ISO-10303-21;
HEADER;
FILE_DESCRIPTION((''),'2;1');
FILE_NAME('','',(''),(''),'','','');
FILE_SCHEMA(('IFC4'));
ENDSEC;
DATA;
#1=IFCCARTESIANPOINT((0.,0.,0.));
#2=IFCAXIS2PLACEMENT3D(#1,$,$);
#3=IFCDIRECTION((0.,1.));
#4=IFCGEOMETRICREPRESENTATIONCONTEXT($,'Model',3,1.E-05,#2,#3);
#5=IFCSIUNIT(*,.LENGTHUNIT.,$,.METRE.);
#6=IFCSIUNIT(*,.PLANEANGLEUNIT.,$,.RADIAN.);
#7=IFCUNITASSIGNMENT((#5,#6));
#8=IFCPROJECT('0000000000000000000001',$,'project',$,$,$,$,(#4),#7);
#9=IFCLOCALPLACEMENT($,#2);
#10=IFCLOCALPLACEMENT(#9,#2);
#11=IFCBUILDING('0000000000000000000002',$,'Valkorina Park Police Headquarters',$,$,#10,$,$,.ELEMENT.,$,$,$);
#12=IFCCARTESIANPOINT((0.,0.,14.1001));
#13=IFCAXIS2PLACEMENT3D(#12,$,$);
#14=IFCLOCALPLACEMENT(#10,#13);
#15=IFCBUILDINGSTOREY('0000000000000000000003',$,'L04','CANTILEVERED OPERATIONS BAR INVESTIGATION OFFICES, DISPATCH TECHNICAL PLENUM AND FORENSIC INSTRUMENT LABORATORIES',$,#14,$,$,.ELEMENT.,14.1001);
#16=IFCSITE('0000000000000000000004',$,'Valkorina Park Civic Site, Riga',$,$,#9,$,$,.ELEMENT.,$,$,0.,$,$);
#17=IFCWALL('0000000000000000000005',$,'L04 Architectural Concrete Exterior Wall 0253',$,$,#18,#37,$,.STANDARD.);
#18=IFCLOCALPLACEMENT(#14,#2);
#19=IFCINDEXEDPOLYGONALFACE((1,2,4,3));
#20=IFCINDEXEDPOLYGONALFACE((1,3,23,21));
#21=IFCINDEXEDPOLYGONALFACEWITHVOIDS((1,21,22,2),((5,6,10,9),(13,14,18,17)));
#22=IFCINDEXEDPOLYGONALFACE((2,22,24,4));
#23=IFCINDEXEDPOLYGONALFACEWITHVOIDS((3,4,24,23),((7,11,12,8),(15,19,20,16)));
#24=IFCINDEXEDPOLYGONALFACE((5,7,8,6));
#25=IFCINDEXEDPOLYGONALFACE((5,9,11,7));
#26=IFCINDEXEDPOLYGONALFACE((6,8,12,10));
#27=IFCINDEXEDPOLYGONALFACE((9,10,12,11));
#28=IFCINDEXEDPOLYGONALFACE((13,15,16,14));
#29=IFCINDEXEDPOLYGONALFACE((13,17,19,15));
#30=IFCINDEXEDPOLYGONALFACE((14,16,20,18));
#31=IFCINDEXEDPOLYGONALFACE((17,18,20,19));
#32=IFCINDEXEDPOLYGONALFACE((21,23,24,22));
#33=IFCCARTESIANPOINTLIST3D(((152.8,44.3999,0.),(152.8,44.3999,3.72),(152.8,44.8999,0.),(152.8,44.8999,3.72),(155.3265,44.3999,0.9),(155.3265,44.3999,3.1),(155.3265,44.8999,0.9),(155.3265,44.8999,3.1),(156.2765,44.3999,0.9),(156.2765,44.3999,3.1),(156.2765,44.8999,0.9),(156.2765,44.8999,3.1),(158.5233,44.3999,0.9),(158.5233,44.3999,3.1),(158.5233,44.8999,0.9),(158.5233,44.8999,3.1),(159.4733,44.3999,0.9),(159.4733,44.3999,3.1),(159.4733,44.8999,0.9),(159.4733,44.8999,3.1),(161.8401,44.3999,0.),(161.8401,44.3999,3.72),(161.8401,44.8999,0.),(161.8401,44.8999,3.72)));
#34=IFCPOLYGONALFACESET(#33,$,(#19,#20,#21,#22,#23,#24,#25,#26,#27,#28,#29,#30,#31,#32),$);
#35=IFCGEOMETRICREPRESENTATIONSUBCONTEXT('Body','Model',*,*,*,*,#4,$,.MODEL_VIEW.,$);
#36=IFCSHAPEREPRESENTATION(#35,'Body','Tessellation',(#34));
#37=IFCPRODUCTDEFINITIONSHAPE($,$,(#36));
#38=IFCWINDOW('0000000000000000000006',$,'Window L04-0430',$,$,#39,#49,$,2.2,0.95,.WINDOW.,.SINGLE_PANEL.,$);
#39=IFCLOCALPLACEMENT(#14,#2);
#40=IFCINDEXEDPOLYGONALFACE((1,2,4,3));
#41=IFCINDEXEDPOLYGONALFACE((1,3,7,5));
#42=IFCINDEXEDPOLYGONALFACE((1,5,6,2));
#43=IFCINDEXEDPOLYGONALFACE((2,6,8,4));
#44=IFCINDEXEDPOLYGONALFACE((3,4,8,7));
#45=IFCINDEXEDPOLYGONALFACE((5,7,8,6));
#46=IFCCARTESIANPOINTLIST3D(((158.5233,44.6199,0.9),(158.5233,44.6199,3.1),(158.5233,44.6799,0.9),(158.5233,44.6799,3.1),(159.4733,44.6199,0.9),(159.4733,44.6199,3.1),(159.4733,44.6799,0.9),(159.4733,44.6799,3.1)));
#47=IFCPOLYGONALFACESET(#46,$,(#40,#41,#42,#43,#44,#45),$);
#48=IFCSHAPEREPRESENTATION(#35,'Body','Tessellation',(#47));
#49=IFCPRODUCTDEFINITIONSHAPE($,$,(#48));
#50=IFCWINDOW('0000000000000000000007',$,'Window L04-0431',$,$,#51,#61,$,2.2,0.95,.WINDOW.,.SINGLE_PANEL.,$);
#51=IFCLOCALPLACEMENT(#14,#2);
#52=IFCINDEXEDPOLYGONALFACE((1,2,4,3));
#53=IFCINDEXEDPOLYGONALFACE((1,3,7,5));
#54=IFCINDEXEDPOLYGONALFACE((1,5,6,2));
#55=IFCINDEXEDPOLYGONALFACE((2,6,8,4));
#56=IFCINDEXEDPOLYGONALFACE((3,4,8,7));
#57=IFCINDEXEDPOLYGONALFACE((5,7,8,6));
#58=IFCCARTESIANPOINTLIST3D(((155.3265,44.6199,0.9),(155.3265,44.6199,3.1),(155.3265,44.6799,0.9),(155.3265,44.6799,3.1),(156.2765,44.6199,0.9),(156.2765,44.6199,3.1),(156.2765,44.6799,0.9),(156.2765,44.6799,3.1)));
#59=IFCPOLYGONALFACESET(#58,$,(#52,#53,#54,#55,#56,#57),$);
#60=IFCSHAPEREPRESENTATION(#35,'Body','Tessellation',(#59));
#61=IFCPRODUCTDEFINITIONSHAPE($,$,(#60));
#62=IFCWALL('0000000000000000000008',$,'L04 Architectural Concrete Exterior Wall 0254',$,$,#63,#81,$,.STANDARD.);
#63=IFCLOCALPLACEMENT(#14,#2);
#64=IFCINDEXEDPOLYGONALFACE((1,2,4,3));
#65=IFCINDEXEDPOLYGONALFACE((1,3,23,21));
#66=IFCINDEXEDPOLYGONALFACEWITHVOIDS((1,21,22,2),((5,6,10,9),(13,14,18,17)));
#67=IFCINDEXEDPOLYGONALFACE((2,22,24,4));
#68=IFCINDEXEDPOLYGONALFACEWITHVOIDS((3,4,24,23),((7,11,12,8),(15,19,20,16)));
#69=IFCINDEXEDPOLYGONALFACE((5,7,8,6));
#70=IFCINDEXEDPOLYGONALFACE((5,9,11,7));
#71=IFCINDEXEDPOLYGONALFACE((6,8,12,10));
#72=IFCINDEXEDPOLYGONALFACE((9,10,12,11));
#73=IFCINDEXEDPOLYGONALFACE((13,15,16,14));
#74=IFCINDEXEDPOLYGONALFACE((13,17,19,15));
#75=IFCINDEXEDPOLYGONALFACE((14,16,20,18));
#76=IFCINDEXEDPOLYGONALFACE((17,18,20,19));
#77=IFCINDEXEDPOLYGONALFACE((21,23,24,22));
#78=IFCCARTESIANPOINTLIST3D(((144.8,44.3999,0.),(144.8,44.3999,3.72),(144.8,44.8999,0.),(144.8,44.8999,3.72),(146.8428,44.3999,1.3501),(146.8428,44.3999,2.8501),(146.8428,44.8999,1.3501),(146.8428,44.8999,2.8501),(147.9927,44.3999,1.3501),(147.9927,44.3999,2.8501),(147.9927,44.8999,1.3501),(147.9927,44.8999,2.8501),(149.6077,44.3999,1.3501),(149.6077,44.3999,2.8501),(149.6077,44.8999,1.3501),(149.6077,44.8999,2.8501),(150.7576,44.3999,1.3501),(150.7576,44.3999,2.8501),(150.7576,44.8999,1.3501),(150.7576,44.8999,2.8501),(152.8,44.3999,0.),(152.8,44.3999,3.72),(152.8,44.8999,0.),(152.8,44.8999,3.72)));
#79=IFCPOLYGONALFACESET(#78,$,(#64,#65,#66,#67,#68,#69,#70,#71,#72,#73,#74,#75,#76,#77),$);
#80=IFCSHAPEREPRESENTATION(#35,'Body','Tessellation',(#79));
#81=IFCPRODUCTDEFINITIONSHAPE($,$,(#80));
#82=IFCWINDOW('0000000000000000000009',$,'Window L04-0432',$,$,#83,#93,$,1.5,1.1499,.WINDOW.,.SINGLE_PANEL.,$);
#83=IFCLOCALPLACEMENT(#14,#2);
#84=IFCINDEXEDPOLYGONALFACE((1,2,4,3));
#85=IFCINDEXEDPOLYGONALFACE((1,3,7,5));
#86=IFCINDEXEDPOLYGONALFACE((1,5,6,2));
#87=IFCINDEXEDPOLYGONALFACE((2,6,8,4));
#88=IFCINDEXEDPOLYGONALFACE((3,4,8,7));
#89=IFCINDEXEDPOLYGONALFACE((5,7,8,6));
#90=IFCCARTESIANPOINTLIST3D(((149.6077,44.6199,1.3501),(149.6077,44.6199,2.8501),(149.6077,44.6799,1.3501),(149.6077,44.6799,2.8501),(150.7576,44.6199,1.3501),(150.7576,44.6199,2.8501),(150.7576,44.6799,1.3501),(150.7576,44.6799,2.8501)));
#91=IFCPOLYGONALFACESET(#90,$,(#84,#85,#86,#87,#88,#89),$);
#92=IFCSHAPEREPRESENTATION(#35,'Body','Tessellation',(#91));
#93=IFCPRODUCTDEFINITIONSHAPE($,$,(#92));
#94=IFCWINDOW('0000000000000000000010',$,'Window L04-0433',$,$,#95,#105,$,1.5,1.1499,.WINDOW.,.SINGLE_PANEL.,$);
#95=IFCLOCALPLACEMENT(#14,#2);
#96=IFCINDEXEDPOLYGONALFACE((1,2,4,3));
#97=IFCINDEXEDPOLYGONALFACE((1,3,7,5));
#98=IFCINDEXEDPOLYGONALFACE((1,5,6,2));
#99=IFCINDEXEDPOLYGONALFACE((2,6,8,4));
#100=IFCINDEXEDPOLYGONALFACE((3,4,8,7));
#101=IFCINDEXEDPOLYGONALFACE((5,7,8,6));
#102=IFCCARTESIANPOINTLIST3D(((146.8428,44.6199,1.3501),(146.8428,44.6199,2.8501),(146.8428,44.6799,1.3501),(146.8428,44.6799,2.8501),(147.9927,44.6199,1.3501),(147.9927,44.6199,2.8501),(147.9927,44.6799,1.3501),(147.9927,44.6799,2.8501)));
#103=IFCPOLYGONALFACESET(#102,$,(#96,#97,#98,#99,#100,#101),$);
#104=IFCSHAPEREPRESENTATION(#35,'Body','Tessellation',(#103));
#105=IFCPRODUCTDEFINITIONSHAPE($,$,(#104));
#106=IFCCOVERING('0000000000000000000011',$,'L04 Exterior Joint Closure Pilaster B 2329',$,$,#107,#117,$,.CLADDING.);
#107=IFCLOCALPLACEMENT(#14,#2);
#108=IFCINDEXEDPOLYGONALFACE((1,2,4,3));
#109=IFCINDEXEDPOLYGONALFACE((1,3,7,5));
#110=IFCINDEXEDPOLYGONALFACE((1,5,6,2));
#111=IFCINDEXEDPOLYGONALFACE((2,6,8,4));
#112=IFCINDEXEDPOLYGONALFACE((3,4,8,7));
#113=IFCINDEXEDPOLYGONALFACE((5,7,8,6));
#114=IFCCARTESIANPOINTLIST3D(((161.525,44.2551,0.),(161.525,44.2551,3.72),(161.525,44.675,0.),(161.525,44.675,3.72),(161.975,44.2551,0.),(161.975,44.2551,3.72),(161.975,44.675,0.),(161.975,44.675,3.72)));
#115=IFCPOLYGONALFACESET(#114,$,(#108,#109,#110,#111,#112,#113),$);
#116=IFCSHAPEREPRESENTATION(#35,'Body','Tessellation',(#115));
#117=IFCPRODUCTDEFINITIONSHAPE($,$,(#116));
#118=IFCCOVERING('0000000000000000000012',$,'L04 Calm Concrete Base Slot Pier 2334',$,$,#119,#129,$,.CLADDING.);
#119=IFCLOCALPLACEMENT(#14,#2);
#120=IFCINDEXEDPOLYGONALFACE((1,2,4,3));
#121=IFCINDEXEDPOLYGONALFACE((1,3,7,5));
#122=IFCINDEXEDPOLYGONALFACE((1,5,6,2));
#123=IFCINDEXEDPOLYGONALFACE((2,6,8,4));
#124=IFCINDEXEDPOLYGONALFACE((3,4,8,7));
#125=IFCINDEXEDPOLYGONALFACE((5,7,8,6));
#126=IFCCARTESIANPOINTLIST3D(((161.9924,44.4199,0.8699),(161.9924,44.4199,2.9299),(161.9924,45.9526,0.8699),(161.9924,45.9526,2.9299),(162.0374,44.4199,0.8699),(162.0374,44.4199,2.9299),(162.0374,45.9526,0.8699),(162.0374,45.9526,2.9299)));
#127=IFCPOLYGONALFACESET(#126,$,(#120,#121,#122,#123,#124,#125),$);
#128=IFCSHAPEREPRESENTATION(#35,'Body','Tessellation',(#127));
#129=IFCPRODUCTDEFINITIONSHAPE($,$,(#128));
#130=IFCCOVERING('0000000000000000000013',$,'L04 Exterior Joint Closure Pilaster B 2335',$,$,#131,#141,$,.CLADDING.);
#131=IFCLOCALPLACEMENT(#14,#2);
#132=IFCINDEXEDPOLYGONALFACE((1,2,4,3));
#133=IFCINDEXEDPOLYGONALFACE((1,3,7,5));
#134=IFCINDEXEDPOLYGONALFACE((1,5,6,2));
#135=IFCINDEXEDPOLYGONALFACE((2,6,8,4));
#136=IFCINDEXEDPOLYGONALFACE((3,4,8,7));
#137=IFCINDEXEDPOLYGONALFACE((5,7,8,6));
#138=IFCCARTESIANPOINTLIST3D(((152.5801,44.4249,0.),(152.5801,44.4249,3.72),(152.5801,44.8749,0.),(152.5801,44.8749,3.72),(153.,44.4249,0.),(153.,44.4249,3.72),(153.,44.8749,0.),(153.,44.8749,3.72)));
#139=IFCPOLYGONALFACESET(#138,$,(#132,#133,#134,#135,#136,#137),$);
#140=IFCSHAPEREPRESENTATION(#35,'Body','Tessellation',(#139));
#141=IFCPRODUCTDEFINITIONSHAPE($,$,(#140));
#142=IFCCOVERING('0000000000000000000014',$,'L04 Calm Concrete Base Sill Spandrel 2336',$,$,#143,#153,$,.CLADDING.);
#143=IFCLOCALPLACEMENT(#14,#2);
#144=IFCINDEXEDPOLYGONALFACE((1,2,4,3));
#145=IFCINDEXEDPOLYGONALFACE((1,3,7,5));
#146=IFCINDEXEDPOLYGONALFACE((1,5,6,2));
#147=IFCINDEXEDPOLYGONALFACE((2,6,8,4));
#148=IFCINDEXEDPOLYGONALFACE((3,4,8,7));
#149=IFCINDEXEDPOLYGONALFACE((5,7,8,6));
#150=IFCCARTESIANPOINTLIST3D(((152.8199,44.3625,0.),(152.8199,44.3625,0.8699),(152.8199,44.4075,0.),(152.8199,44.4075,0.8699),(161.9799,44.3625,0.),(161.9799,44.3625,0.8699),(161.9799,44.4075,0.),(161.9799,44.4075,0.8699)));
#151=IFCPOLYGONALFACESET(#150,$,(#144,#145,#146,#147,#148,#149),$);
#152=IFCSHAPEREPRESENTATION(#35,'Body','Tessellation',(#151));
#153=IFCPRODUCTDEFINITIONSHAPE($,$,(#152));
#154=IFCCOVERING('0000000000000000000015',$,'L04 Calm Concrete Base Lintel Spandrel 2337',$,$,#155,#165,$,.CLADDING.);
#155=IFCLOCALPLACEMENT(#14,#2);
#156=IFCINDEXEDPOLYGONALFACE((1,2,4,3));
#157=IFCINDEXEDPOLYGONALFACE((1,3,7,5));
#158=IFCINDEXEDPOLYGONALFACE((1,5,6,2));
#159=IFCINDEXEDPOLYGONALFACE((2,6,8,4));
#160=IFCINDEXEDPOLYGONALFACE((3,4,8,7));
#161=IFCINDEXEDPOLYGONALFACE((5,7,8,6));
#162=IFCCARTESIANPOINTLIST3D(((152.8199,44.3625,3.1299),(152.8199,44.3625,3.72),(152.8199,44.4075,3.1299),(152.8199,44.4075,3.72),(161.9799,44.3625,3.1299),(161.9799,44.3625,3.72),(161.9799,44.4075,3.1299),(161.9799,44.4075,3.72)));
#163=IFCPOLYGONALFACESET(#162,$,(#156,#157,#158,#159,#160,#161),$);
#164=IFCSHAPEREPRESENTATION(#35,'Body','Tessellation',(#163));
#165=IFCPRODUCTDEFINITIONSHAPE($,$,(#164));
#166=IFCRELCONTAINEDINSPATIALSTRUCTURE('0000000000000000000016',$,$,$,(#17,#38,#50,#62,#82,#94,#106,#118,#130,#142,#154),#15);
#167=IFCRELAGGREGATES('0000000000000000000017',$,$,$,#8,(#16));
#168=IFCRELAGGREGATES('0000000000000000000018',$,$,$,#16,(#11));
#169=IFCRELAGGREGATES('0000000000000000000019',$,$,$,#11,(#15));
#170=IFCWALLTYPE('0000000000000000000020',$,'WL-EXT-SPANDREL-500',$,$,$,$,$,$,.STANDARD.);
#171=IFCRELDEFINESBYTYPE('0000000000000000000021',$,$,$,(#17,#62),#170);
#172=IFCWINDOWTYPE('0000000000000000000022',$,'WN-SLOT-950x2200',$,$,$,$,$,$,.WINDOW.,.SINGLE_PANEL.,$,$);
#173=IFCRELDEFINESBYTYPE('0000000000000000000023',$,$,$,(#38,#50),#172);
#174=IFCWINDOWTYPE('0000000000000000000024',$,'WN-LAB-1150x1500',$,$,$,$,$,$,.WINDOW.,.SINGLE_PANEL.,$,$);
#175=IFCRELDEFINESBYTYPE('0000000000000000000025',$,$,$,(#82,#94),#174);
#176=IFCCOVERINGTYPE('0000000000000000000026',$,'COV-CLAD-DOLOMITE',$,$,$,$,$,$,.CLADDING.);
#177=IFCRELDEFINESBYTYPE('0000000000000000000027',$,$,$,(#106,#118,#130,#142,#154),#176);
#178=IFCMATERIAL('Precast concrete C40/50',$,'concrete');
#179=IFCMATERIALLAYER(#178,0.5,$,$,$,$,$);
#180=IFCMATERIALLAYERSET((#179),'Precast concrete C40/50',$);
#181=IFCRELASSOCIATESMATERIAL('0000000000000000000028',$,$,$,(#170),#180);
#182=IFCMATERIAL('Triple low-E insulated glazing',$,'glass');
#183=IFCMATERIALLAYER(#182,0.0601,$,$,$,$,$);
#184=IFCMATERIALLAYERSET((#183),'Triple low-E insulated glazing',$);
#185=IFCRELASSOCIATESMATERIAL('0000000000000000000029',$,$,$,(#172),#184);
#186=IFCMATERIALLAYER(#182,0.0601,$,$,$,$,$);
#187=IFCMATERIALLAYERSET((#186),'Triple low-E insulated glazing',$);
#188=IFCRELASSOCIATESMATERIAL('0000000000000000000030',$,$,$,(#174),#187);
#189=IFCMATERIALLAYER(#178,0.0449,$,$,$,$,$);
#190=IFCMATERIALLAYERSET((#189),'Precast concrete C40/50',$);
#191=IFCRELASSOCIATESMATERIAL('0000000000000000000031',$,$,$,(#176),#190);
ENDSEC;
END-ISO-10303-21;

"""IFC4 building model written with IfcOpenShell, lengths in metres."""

from ifc_helpers import new_model, si_unit, direction, frame, frame_2d, origin, origin_2d, place, context, subcontext, project, spatial, rectangle, extrude, material, layer, layer_set, type_object, element, fill, save


model = new_model("IFC4")

# Units and contexts
model_context = context("Model", 3, precision=1e-05, world=origin(), true_north=direction((0.0, 1.0)))
body_context = subcontext(model_context, "Body", "Model", "MODEL_VIEW")
ifc_project = project(units=[si_unit("LENGTHUNIT", "METRE"), si_unit("PLANEANGLEUNIT", "RADIAN")], contexts=[model_context])

# Site, building, storey
site_placement = place(None, origin())
site = spatial("IfcSite", under=ifc_project, at=site_placement, Name="Valkorina Park Civic Site, Riga", CompositionType="ELEMENT", RefElevation=0.0)
building_placement = place(site_placement, origin())
building = spatial("IfcBuilding", under=site, at=building_placement, Name="Valkorina Park Police Headquarters", CompositionType="ELEMENT")
storey_placement = place(building_placement, frame((0.0, 0.0, 14.1001)))
storey = spatial("IfcBuildingStorey", under=building, at=storey_placement, Name="L04", Description="CANTILEVERED OPERATIONS BAR INVESTIGATION OFFICES, DISPATCH TECHNICAL PLENUM AND FORENSIC INSTRUMENT LABORATORIES", CompositionType="ELEMENT", Elevation=14.1001)

# Walls, openings, windows
ifc_material_1 = material(Name="Precast concrete C40/50", Category="concrete")
ifc_layer_1 = layer(ifc_material_1, 0.5)
ifc_layer_set_1 = layer_set([ifc_layer_1], Name="Precast concrete C40/50")
wall_type = type_object("IfcWallType", Name="WL-EXT-SPANDREL-500", PredefinedType="STANDARD", material=ifc_layer_set_1)
wall_1_placement = place(storey_placement, frame((161.8401, 44.6499, 0.0), z_axis=(0.0, 0.0, 1.0), x_axis=(-1.0, 0.0, 0.0)))
wall_1 = element("IfcWall", 1, at=wall_1_placement, inside=storey, type_object=wall_type, Name="L04 Architectural Concrete Exterior Wall 0253", PredefinedType="STANDARD", context=body_context, shape_type="SweptSolid", body=[
    extrude(rectangle(XDim=9.04, YDim=0.5, at=frame_2d((4.52, 0.0))), origin(), (0.0, 0.0, 1.0), 3.72),
])
opening_1_placement = place(wall_1_placement, frame((2.3667, 0.0, 0.8999)))
opening_1 = element("IfcOpeningElement", 2, at=opening_1_placement, cuts=wall_1, PredefinedType="OPENING", context=body_context, shape_type="SweptSolid", body=[
    extrude(rectangle(XDim=0.95, YDim=2.2, at=frame_2d((0.4751, 1.1001))), frame((0.0, 0.26, 0.0), z_axis=(0.0, -1.0, 0.0), x_axis=(1.0, 0.0, 0.0)), (0.0, 0.0, 1.0), 0.52),
])
opening_2_placement = place(wall_1_placement, frame((5.5635, 0.0, 0.8999)))
opening_2 = element("IfcOpeningElement", 3, at=opening_2_placement, cuts=wall_1, PredefinedType="OPENING", context=body_context, shape_type="SweptSolid", body=[
    extrude(rectangle(XDim=0.95, YDim=2.2, at=frame_2d((0.4751, 1.1001))), frame((0.0, 0.26, 0.0), z_axis=(0.0, -1.0, 0.0), x_axis=(1.0, 0.0, 0.0)), (0.0, 0.0, 1.0), 0.52),
])
ifc_material_2 = material(Name="Triple low-E insulated glazing", Category="glass")
ifc_layer_2 = layer(ifc_material_2, 0.0601)
ifc_layer_set_2 = layer_set([ifc_layer_2], Name="Triple low-E insulated glazing")
window_type_1 = type_object("IfcWindowType", Name="WN-SLOT-950x2200", PartitioningType="SINGLE_PANEL", PredefinedType="WINDOW", material=ifc_layer_set_2)
window_1_placement = place(opening_1_placement, origin())
window_1 = element("IfcWindow", 4, at=window_1_placement, inside=storey, type_object=window_type_1, Name="Window L04-0430", OverallHeight=2.2, OverallWidth=0.95, PartitioningType="SINGLE_PANEL", PredefinedType="WINDOW", context=body_context, shape_type="SweptSolid", body=[
    extrude(rectangle(XDim=0.95, YDim=2.2, at=frame_2d((0.4751, 1.1001))), frame((0.0, 0.03, 0.0), z_axis=(0.0, -1.0, 0.0), x_axis=(1.0, 0.0, 0.0)), (0.0, 0.0, 1.0), 0.0601),
])
fill(opening_1, window_1)
window_2_placement = place(opening_2_placement, origin())
window_2 = element("IfcWindow", 5, at=window_2_placement, inside=storey, type_object=window_type_1, Name="Window L04-0431", OverallHeight=2.2, OverallWidth=0.95, PartitioningType="SINGLE_PANEL", PredefinedType="WINDOW", context=body_context, shape_type="SweptSolid", body=[
    extrude(rectangle(XDim=0.95, YDim=2.2, at=frame_2d((0.4751, 1.1001))), frame((0.0, 0.03, 0.0), z_axis=(0.0, -1.0, 0.0), x_axis=(1.0, 0.0, 0.0)), (0.0, 0.0, 1.0), 0.0601),
])
fill(opening_2, window_2)
wall_2_placement = place(storey_placement, frame((152.8, 44.6499, 0.0), z_axis=(0.0, 0.0, 1.0), x_axis=(-1.0, 0.0, 0.0)))
wall_2 = element("IfcWall", 6, at=wall_2_placement, inside=storey, type_object=wall_type, Name="L04 Architectural Concrete Exterior Wall 0254", PredefinedType="STANDARD", context=body_context, shape_type="SweptSolid", body=[
    extrude(rectangle(XDim=8.0, YDim=0.5, at=frame_2d((4.0, 0.0))), origin(), (0.0, 0.0, 1.0), 3.72),
])
opening_3_placement = place(wall_2_placement, frame((2.0425, 0.0, 1.3501)))
opening_3 = element("IfcOpeningElement", 7, at=opening_3_placement, cuts=wall_2, PredefinedType="OPENING", context=body_context, shape_type="SweptSolid", body=[
    extrude(rectangle(XDim=1.1499, YDim=1.5, at=frame_2d((0.575, 0.75))), frame((0.0, 0.26, 0.0), z_axis=(0.0, -1.0, 0.0), x_axis=(1.0, 0.0, 0.0)), (0.0, 0.0, 1.0), 0.52),
])
opening_4_placement = place(wall_2_placement, frame((4.8074, 0.0, 1.3501)))
opening_4 = element("IfcOpeningElement", 8, at=opening_4_placement, cuts=wall_2, PredefinedType="OPENING", context=body_context, shape_type="SweptSolid", body=[
    extrude(rectangle(XDim=1.1499, YDim=1.5, at=frame_2d((0.575, 0.75))), frame((0.0, 0.26, 0.0), z_axis=(0.0, -1.0, 0.0), x_axis=(1.0, 0.0, 0.0)), (0.0, 0.0, 1.0), 0.52),
])
ifc_layer_3 = layer(ifc_material_2, 0.0601)
ifc_layer_set_3 = layer_set([ifc_layer_3], Name="Triple low-E insulated glazing")
window_type_2 = type_object("IfcWindowType", Name="WN-LAB-1150x1500", PartitioningType="SINGLE_PANEL", PredefinedType="WINDOW", material=ifc_layer_set_3)
window_3_placement = place(opening_3_placement, origin())
window_3 = element("IfcWindow", 9, at=window_3_placement, inside=storey, type_object=window_type_2, Name="Window L04-0432", OverallHeight=1.5, OverallWidth=1.1499, PartitioningType="SINGLE_PANEL", PredefinedType="WINDOW", context=body_context, shape_type="SweptSolid", body=[
    extrude(rectangle(XDim=1.1499, YDim=1.5, at=frame_2d((0.575, 0.75))), frame((0.0, 0.03, 0.0), z_axis=(0.0, -1.0, 0.0), x_axis=(1.0, 0.0, 0.0)), (0.0, 0.0, 1.0), 0.0601),
])
fill(opening_3, window_3)
window_4_placement = place(opening_4_placement, origin())
window_4 = element("IfcWindow", 10, at=window_4_placement, inside=storey, type_object=window_type_2, Name="Window L04-0433", OverallHeight=1.5, OverallWidth=1.1499, PartitioningType="SINGLE_PANEL", PredefinedType="WINDOW", context=body_context, shape_type="SweptSolid", body=[
    extrude(rectangle(XDim=1.1499, YDim=1.5, at=frame_2d((0.575, 0.75))), frame((0.0, 0.03, 0.0), z_axis=(0.0, -1.0, 0.0), x_axis=(1.0, 0.0, 0.0)), (0.0, 0.0, 1.0), 0.0601),
])
fill(opening_4, window_4)

# Coverings
ifc_layer_4 = layer(ifc_material_1, 0.0449)
ifc_layer_set_4 = layer_set([ifc_layer_4], Name="Precast concrete C40/50")
covering_type = type_object("IfcCoveringType", Name="COV-CLAD-DOLOMITE", PredefinedType="CLADDING", material=ifc_layer_set_4)
covering_1_placement = place(storey_placement, frame((161.75, 44.4651, 0.0), z_axis=(0.0, 0.0, 1.0), x_axis=(0.0, 1.0, 0.0)))
element("IfcCovering", 11, at=covering_1_placement, inside=storey, type_object=covering_type, Name="L04 Exterior Joint Closure Pilaster B 2329", PredefinedType="CLADDING", context=body_context, shape_type="SweptSolid", body=[
    extrude(rectangle(XDim=0.4199, YDim=0.45, at=origin_2d()), origin(), (0.0, 0.0, 1.0), 3.72),
])
covering_2_placement = place(storey_placement, frame((162.0149, 45.9526, 0.8699), z_axis=(0.0, 0.0, 1.0), x_axis=(0.0, -1.0, 0.0)))
element("IfcCovering", 12, at=covering_2_placement, inside=storey, type_object=covering_type, Name="L04 Calm Concrete Base Slot Pier 2334", PredefinedType="CLADDING", context=body_context, shape_type="SweptSolid", body=[
    extrude(rectangle(XDim=1.5327, YDim=0.0449, at=frame_2d((0.7664, 0.0))), origin(), (0.0, 0.0, 1.0), 2.0601),
])
covering_3_placement = place(storey_placement, frame((152.79, 44.6499, 0.0), z_axis=(0.0, 0.0, 1.0), x_axis=(1.0, 0.0, 0.0)))
element("IfcCovering", 13, at=covering_3_placement, inside=storey, type_object=covering_type, Name="L04 Exterior Joint Closure Pilaster B 2335", PredefinedType="CLADDING", context=body_context, shape_type="SweptSolid", body=[
    extrude(rectangle(XDim=0.4199, YDim=0.45, at=origin_2d()), origin(), (0.0, 0.0, 1.0), 3.72),
])
covering_4_placement = place(storey_placement, frame((161.98, 44.385, 0.0), z_axis=(0.0, 0.0, 1.0), x_axis=(-1.0, 0.0, 0.0)))
element("IfcCovering", 14, at=covering_4_placement, inside=storey, type_object=covering_type, Name="L04 Calm Concrete Base Sill Spandrel 2336", PredefinedType="CLADDING", context=body_context, shape_type="SweptSolid", body=[
    extrude(rectangle(XDim=9.1599, YDim=0.0449, at=frame_2d((4.5801, 0.0))), origin(), (0.0, 0.0, 1.0), 0.8699),
])
covering_5_placement = place(storey_placement, frame((161.98, 44.385, 3.1299), z_axis=(0.0, 0.0, 1.0), x_axis=(-1.0, 0.0, 0.0)))
element("IfcCovering", 15, at=covering_5_placement, inside=storey, type_object=covering_type, Name="L04 Calm Concrete Base Lintel Spandrel 2337", PredefinedType="CLADDING", context=body_context, shape_type="SweptSolid", body=[
    extrude(rectangle(XDim=9.1599, YDim=0.0449, at=frame_2d((4.5801, 0.0))), origin(), (0.0, 0.0, 1.0), 0.5901),
])

save(model, "model.ifc")
